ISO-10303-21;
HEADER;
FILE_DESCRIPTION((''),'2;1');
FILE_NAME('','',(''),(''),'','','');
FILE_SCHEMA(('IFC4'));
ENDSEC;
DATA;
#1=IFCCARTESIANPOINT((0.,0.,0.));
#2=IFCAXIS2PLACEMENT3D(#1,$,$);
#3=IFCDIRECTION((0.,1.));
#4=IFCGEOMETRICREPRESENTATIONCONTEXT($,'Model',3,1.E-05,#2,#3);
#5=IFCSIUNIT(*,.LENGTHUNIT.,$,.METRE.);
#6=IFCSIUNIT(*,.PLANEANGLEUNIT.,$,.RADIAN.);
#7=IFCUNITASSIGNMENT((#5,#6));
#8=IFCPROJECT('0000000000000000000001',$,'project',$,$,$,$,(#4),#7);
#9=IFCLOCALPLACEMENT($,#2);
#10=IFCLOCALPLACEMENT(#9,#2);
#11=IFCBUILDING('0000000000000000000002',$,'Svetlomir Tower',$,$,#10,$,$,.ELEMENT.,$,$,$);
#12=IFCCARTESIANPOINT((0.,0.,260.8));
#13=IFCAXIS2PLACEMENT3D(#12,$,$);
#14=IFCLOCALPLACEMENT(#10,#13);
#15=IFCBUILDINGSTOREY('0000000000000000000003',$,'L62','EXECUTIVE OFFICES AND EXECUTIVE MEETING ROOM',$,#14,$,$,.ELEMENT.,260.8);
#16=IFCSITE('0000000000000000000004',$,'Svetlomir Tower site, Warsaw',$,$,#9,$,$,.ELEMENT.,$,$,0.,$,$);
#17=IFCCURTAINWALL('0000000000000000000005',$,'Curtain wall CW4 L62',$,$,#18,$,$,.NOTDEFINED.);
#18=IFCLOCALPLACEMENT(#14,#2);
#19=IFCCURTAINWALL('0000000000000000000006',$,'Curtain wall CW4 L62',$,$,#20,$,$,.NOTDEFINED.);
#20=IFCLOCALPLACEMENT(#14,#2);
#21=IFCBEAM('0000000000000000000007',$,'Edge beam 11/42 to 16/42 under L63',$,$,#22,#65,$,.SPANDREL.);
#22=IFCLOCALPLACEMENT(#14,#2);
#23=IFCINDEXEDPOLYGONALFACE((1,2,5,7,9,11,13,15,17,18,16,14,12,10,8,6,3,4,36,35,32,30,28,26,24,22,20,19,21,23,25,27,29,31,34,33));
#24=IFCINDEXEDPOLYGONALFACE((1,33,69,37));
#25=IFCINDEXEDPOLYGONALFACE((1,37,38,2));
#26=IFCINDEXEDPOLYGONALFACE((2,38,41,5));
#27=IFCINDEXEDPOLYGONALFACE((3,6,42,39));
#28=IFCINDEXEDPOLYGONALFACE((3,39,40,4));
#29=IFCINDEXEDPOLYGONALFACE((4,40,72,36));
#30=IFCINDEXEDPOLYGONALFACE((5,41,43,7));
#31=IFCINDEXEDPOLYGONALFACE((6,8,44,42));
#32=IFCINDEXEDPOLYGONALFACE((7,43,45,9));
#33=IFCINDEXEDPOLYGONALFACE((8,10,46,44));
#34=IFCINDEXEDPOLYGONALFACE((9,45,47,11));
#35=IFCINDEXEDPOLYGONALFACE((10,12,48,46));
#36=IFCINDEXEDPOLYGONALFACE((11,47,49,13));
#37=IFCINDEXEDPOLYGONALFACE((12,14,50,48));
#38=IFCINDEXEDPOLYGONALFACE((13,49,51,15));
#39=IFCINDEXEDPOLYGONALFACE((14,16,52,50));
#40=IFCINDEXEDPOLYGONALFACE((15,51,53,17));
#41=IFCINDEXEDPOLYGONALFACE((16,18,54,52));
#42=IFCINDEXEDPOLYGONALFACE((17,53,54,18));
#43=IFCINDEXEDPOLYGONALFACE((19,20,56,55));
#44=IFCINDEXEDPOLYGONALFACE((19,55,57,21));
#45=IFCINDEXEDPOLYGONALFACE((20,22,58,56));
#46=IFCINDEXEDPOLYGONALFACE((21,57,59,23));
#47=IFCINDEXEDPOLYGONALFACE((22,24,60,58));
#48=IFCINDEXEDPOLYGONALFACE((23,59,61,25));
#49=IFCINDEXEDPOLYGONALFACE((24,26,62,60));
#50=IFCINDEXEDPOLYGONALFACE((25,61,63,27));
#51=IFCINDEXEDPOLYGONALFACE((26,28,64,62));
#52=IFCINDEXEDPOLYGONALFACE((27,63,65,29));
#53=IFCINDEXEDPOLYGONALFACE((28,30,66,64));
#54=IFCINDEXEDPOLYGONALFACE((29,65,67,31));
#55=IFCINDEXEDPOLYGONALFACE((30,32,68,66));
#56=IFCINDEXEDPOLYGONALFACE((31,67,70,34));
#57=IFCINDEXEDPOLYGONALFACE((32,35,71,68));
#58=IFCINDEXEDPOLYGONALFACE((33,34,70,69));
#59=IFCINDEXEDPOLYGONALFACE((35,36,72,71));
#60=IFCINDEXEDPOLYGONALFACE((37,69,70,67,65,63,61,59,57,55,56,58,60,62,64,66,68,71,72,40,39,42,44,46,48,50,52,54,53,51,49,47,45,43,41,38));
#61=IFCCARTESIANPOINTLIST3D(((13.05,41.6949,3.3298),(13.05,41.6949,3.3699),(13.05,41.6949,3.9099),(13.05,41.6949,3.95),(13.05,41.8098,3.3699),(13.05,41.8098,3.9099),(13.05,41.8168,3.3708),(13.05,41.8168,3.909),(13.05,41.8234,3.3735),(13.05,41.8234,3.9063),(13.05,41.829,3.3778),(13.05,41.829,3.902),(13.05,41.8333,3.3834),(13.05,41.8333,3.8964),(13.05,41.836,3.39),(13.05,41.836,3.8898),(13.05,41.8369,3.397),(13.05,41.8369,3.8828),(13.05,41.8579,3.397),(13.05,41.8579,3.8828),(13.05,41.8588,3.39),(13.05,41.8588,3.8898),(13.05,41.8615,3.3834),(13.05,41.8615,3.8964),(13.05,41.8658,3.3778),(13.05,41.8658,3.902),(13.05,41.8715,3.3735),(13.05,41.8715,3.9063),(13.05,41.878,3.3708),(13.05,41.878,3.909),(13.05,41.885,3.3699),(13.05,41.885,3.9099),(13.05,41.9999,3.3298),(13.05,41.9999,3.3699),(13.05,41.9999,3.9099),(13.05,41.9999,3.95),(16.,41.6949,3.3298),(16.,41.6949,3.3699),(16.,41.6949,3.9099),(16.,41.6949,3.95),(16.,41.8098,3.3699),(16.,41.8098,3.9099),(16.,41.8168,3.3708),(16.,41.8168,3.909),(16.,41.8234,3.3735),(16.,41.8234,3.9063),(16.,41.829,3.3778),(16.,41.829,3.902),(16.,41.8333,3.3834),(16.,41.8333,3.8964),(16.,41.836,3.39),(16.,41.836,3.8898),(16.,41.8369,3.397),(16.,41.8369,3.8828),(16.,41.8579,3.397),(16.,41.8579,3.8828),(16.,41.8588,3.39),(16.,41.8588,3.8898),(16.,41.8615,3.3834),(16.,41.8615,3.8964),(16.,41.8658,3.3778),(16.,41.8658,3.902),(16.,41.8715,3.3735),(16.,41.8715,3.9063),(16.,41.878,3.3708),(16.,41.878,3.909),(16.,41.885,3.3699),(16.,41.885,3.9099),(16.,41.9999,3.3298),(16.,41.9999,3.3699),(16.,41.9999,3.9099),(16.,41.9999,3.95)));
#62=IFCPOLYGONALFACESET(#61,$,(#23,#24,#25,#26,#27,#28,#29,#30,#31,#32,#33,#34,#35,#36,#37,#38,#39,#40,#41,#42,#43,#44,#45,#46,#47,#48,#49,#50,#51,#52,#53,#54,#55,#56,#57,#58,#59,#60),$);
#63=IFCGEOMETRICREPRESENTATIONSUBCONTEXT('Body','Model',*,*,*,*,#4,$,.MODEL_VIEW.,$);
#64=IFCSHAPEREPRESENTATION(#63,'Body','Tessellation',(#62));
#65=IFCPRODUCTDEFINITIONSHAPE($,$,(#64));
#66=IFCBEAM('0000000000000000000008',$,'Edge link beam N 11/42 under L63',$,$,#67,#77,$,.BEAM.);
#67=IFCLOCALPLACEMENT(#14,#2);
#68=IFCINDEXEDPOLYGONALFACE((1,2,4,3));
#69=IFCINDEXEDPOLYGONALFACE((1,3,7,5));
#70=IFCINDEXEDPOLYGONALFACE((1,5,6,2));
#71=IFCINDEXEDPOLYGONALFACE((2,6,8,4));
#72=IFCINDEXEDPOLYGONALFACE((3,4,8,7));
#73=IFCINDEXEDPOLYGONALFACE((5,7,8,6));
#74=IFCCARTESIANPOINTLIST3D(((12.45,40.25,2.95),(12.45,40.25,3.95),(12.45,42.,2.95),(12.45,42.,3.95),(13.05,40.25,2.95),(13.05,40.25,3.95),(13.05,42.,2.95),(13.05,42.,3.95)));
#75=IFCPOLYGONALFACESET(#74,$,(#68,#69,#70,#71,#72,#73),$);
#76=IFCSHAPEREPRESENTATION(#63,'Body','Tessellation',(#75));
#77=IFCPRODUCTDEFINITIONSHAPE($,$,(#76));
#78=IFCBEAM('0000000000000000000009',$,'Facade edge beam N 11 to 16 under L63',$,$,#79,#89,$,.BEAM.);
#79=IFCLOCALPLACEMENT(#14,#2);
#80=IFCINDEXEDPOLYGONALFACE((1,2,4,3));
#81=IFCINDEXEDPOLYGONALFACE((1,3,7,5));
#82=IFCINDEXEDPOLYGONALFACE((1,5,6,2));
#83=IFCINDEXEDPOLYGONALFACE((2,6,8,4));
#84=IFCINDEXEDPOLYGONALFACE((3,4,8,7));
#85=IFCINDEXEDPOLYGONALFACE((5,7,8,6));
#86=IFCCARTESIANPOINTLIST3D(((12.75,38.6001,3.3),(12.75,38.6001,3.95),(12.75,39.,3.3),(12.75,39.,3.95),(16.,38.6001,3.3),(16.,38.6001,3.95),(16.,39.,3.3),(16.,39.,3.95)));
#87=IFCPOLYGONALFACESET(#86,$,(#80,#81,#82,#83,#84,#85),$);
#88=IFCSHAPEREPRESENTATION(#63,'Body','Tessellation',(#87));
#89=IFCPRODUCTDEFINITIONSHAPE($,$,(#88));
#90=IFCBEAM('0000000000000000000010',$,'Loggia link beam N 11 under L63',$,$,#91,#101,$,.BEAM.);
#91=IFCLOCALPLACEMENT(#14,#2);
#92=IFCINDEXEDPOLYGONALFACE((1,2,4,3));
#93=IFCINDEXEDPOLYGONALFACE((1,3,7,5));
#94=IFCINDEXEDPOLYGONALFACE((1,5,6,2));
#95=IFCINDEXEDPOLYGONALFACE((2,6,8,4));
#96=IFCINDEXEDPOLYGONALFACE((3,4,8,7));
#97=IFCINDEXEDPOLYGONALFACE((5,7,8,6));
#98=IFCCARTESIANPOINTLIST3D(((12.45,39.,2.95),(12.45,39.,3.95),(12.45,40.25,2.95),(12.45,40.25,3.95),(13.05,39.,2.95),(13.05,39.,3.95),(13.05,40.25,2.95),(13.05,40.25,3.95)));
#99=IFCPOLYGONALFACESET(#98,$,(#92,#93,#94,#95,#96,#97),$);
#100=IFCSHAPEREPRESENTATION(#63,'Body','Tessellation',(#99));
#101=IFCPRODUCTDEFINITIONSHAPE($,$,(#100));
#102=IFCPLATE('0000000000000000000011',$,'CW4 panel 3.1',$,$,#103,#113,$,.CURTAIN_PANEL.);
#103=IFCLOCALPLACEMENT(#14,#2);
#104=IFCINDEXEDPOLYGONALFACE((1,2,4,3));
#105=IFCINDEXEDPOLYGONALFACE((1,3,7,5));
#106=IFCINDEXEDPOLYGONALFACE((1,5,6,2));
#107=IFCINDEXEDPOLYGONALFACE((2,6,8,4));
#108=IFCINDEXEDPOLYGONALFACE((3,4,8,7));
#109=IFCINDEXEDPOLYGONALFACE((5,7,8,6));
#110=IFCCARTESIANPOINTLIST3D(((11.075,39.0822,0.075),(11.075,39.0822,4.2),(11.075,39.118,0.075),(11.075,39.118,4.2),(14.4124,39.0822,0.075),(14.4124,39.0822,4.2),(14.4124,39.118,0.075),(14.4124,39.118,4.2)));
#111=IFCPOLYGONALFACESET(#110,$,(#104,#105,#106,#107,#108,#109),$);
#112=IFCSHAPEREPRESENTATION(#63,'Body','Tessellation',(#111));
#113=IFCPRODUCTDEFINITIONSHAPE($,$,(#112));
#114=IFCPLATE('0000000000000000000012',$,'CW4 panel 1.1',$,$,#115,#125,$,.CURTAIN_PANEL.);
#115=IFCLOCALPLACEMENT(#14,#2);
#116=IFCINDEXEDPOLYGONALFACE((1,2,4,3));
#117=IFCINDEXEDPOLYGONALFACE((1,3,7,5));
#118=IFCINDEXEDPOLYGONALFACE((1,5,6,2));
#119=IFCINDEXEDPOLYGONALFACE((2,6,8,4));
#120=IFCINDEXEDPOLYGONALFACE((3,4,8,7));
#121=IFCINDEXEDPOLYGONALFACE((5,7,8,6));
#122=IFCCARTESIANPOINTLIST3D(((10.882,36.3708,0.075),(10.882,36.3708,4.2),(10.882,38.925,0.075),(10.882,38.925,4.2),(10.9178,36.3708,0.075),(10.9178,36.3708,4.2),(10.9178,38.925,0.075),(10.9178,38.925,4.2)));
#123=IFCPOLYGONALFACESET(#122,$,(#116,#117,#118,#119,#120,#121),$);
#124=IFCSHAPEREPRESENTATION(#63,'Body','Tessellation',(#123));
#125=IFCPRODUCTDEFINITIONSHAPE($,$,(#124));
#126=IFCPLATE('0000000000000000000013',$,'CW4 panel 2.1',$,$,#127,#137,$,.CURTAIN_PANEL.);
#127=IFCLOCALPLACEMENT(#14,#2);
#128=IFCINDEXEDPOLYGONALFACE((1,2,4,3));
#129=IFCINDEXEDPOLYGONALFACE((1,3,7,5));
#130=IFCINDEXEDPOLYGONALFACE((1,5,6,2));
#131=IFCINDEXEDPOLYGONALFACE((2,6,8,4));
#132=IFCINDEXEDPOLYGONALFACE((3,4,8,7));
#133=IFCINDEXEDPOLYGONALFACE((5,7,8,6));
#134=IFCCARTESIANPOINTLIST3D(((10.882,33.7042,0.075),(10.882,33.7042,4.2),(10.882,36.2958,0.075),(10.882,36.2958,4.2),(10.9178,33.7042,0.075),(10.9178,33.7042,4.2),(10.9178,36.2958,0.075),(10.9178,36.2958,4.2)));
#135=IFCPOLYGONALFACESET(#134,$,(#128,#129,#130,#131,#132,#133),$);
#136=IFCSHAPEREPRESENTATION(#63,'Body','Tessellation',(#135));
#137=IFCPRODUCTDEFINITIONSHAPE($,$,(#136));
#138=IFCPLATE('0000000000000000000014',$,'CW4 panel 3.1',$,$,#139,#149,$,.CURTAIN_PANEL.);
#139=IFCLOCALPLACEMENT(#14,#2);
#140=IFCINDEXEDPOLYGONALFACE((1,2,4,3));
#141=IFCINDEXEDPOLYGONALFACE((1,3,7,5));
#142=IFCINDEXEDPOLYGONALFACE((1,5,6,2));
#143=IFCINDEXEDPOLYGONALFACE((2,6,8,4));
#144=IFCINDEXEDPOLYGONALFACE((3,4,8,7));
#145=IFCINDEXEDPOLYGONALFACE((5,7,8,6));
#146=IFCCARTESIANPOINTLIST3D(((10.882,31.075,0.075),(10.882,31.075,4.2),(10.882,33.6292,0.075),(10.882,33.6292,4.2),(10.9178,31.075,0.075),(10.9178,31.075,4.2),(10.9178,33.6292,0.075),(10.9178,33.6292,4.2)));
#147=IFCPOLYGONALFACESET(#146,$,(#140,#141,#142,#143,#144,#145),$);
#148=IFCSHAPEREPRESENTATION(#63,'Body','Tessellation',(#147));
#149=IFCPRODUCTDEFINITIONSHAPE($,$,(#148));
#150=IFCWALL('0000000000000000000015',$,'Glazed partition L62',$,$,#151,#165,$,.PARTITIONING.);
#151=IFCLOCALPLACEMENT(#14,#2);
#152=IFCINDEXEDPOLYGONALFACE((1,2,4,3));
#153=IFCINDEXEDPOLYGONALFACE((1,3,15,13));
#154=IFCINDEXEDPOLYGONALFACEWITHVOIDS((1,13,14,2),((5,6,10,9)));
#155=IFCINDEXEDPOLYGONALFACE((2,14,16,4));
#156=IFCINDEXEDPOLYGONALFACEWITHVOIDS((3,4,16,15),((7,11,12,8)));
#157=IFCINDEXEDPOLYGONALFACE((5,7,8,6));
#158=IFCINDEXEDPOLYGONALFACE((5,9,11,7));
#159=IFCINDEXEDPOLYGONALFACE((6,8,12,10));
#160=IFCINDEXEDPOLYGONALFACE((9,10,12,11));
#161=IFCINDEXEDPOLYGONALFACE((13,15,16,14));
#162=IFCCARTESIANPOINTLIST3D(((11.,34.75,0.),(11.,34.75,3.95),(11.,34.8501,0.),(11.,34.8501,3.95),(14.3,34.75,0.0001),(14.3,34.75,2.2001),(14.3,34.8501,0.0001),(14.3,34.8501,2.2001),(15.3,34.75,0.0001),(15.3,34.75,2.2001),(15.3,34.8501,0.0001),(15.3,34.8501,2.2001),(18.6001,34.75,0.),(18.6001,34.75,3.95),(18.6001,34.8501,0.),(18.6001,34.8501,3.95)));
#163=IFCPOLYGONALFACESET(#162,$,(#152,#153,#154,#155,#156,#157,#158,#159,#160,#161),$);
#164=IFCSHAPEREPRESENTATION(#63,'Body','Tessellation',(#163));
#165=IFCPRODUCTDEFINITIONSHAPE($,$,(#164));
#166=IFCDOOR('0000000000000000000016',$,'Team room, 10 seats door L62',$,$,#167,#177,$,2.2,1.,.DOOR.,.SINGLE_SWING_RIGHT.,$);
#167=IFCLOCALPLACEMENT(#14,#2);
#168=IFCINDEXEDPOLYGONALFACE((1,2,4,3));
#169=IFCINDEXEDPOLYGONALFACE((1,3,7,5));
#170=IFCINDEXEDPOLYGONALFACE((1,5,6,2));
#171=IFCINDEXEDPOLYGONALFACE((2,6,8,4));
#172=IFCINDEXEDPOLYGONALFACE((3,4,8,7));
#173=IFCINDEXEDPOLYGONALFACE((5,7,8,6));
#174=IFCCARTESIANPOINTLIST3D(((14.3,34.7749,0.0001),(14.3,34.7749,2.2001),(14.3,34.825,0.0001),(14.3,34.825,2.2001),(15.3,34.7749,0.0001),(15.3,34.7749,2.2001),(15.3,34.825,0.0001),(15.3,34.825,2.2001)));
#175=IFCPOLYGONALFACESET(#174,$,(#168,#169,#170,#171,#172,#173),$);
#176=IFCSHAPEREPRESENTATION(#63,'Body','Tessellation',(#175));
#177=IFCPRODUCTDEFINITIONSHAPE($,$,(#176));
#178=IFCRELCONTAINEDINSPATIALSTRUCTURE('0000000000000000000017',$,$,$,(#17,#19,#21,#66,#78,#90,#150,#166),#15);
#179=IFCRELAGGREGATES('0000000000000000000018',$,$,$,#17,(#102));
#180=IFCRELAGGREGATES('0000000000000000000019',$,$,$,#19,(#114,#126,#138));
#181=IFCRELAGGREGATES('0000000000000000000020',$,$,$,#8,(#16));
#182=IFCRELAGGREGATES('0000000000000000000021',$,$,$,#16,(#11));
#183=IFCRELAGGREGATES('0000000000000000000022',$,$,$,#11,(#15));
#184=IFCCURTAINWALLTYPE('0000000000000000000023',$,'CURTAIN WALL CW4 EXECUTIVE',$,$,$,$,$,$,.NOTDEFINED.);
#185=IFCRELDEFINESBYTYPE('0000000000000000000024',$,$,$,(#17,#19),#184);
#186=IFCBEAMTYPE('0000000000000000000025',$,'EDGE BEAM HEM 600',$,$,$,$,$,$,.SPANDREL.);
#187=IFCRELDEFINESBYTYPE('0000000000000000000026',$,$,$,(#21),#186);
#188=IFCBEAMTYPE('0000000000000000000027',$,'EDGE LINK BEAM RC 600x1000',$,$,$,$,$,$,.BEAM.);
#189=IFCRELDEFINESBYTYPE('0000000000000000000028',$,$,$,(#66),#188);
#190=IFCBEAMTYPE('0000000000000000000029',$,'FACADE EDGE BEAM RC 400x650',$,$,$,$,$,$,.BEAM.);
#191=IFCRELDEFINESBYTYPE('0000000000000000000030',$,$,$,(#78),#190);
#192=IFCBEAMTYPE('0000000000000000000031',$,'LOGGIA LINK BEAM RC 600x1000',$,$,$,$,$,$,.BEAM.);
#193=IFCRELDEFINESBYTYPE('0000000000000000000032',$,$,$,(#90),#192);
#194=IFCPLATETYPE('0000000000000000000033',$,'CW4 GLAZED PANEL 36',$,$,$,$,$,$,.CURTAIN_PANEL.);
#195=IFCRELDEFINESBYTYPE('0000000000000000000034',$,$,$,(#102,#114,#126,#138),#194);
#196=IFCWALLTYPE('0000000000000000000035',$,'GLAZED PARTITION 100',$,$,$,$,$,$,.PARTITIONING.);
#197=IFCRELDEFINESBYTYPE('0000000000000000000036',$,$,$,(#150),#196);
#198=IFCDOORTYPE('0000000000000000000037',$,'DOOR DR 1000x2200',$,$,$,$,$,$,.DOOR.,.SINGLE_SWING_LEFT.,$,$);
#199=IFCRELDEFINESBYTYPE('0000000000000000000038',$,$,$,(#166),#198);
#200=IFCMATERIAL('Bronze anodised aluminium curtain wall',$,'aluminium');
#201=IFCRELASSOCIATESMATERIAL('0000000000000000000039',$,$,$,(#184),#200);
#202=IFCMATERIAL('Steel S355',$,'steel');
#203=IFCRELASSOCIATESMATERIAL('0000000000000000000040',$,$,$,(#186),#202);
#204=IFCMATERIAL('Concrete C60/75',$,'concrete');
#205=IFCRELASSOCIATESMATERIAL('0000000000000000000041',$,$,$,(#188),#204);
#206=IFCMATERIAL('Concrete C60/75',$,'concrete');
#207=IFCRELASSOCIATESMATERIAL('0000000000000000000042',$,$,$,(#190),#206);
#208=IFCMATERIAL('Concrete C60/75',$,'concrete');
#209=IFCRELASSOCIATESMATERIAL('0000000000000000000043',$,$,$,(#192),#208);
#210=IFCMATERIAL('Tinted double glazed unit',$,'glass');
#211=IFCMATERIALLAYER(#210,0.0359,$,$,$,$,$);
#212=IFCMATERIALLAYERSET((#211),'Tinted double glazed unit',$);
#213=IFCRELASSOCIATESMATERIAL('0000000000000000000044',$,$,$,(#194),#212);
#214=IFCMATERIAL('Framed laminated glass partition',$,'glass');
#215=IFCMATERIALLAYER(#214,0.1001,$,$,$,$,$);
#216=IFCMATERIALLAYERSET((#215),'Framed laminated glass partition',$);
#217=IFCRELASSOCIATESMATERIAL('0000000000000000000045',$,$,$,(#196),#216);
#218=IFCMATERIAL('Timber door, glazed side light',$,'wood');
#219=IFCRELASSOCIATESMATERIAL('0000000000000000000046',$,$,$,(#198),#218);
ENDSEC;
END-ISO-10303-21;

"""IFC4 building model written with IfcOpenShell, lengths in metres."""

from ifc_helpers import new_model, si_unit, direction, frame, frame_2d, origin, origin_2d, place, context, subcontext, project, spatial, rectangle, i_section, extrude, material, layer, layer_set, material_profile, profile_set, type_object, element, fill, aggregate, save


model = new_model("IFC4")

# Units and contexts
model_context = context("Model", 3, precision=1e-05, world=origin(), true_north=direction((0.0, 1.0)))
body_context = subcontext(model_context, "Body", "Model", "MODEL_VIEW")
ifc_project = project(units=[si_unit("LENGTHUNIT", "METRE"), si_unit("PLANEANGLEUNIT", "RADIAN")], contexts=[model_context])

# Site, building, storey
site_placement = place(None, origin())
site = spatial("IfcSite", under=ifc_project, at=site_placement, Name="Svetlomir Tower site, Warsaw", CompositionType="ELEMENT", RefElevation=0.0)
building_placement = place(site_placement, origin())
building = spatial("IfcBuilding", under=site, at=building_placement, Name="Svetlomir Tower", CompositionType="ELEMENT")
storey_placement = place(building_placement, frame((0.0, 0.0, 260.8)))
storey = spatial("IfcBuildingStorey", under=building, at=storey_placement, Name="L62", Description="EXECUTIVE OFFICES AND EXECUTIVE MEETING ROOM", CompositionType="ELEMENT", Elevation=260.8)

# Curtain walls
ifc_material_1 = material(Name="Bronze anodised aluminium curtain wall", Category="aluminium")
curtain_wall_type = type_object("IfcCurtainWallType", Name="CURTAIN WALL CW4 EXECUTIVE", PredefinedType="NOTDEFINED", material=ifc_material_1)
curtain_wall_1_placement = place(storey_placement, origin())
curtain_wall_1 = element("IfcCurtainWall", 1, at=curtain_wall_1_placement, inside=storey, type_object=curtain_wall_type, Name="Curtain wall CW4 L62", PredefinedType="NOTDEFINED")
curtain_wall_2_placement = place(storey_placement, origin())
curtain_wall_2 = element("IfcCurtainWall", 2, at=curtain_wall_2_placement, inside=storey, type_object=curtain_wall_type, Name="Curtain wall CW4 L62", PredefinedType="NOTDEFINED")

# Beams
ifc_material_2 = material(Name="Steel S355", Category="steel")
ifc_material_profile_1 = material_profile(ifc_material_2, i_section(OverallWidth=0.3049, OverallDepth=0.6201, WebThickness=0.021, FlangeThickness=0.04, FilletRadius=0.0271, at=origin_2d()), Name="HEM 600")
ifc_profile_set_1 = profile_set([ifc_material_profile_1], Name="Steel S355")
beam_type_1 = type_object("IfcBeamType", Name="EDGE BEAM HEM 600", PredefinedType="SPANDREL", material=ifc_profile_set_1)
beam_1_placement = place(storey_placement, frame((13.05, 41.8474, 3.6399), z_axis=(1.0, 0.0, 0.0), x_axis=(0.0, 1.0, 0.0)))
element("IfcBeam", 3, at=beam_1_placement, inside=storey, type_object=beam_type_1, Name="Edge beam 11/42 to 16/42 under L63", PredefinedType="SPANDREL", context=body_context, shape_type="SweptSolid", body=[
    extrude(i_section(OverallWidth=0.3049, OverallDepth=0.6201, WebThickness=0.021, FlangeThickness=0.04, FilletRadius=0.0271, at=origin_2d()), origin(), (0.0, 0.0, 1.0), 2.95),
])
ifc_material_3 = material(Name="Concrete C60/75", Category="concrete")
ifc_material_profile_2 = material_profile(ifc_material_3, rectangle(XDim=0.6001, YDim=1.0, at=origin_2d()), Name="RC 600x1000")
ifc_profile_set_2 = profile_set([ifc_material_profile_2], Name="Concrete C60/75")
beam_type_2 = type_object("IfcBeamType", Name="EDGE LINK BEAM RC 600x1000", PredefinedType="BEAM", material=ifc_profile_set_2)
beam_2_placement = place(storey_placement, frame((12.75, 40.25, 3.45), z_axis=(0.0, 1.0, 0.0), x_axis=(-1.0, 0.0, 0.0)))
element("IfcBeam", 4, at=beam_2_placement, inside=storey, type_object=beam_type_2, Name="Edge link beam N 11/42 under L63", PredefinedType="BEAM", context=body_context, shape_type="SweptSolid", body=[
    extrude(rectangle(XDim=0.6001, YDim=1.0, at=origin_2d()), origin(), (0.0, 0.0, 1.0), 1.75),
])
ifc_material_4 = material(Name="Concrete C60/75", Category="concrete")
ifc_material_profile_3 = material_profile(ifc_material_4, rectangle(XDim=0.3999, YDim=0.6499, at=origin_2d()), Name="RC 400x650")
ifc_profile_set_3 = profile_set([ifc_material_profile_3], Name="Concrete C60/75")
beam_type_3 = type_object("IfcBeamType", Name="FACADE EDGE BEAM RC 400x650", PredefinedType="BEAM", material=ifc_profile_set_3)
beam_3_placement = place(storey_placement, frame((12.75, 38.8, 3.625), z_axis=(1.0, 0.0, 0.0), x_axis=(0.0, 1.0, 0.0)))
element("IfcBeam", 5, at=beam_3_placement, inside=storey, type_object=beam_type_3, Name="Facade edge beam N 11 to 16 under L63", PredefinedType="BEAM", context=body_context, shape_type="SweptSolid", body=[
    extrude(rectangle(XDim=0.3999, YDim=0.6499, at=origin_2d()), origin(), (0.0, 0.0, 1.0), 3.25),
])
ifc_material_5 = material(Name="Concrete C60/75", Category="concrete")
ifc_material_profile_4 = material_profile(ifc_material_5, rectangle(XDim=0.6001, YDim=1.0, at=origin_2d()), Name="RC 600x1000")
ifc_profile_set_4 = profile_set([ifc_material_profile_4], Name="Concrete C60/75")
beam_type_4 = type_object("IfcBeamType", Name="LOGGIA LINK BEAM RC 600x1000", PredefinedType="BEAM", material=ifc_profile_set_4)
beam_4_placement = place(storey_placement, frame((12.75, 40.25, 3.45), z_axis=(0.0, -1.0, 0.0), x_axis=(1.0, 0.0, 0.0)))
element("IfcBeam", 6, at=beam_4_placement, inside=storey, type_object=beam_type_4, Name="Loggia link beam N 11 under L63", PredefinedType="BEAM", context=body_context, shape_type="SweptSolid", body=[
    extrude(rectangle(XDim=0.6001, YDim=1.0, at=origin_2d()), origin(), (0.0, 0.0, 1.0), 1.25),
])

# Plates
ifc_material_6 = material(Name="Tinted double glazed unit", Category="glass")
ifc_layer_1 = layer(ifc_material_6, 0.0359)
ifc_layer_set_1 = layer_set([ifc_layer_1], Name="Tinted double glazed unit")
plate_type = type_object("IfcPlateType", Name="CW4 GLAZED PANEL 36", PredefinedType="CURTAIN_PANEL", material=ifc_layer_set_1)
plate_1_placement = place(storey_placement, frame((12.7437, 39.1001, 0.075), z_axis=(0.0, 0.0, 1.0), x_axis=(-1.0, 0.0, 0.0)))
plate_1 = element("IfcPlate", 7, at=plate_1_placement, type_object=plate_type, Name="CW4 panel 3.1", PredefinedType="CURTAIN_PANEL", context=body_context, shape_type="SweptSolid", body=[
    extrude(rectangle(XDim=3.3374, YDim=0.0359, at=origin_2d()), origin(), (0.0, 0.0, 1.0), 4.125),
])
aggregate(curtain_wall_1, [plate_1])
plate_2_placement = place(storey_placement, frame((10.8999, 37.6479, 0.075), z_axis=(0.0, 0.0, 1.0), x_axis=(0.0, -1.0, 0.0)))
plate_2 = element("IfcPlate", 8, at=plate_2_placement, type_object=plate_type, Name="CW4 panel 1.1", PredefinedType="CURTAIN_PANEL", context=body_context, shape_type="SweptSolid", body=[
    extrude(rectangle(XDim=2.5542, YDim=0.0359, at=origin_2d()), origin(), (0.0, 0.0, 1.0), 4.125),
])
plate_3_placement = place(storey_placement, frame((10.8999, 35.0, 0.075), z_axis=(0.0, 0.0, 1.0), x_axis=(0.0, -1.0, 0.0)))
plate_3 = element("IfcPlate", 9, at=plate_3_placement, type_object=plate_type, Name="CW4 panel 2.1", PredefinedType="CURTAIN_PANEL", context=body_context, shape_type="SweptSolid", body=[
    extrude(rectangle(XDim=2.5916, YDim=0.0359, at=origin_2d()), origin(), (0.0, 0.0, 1.0), 4.125),
])
plate_4_placement = place(storey_placement, frame((10.8999, 32.3521, 0.075), z_axis=(0.0, 0.0, 1.0), x_axis=(0.0, -1.0, 0.0)))
plate_4 = element("IfcPlate", 10, at=plate_4_placement, type_object=plate_type, Name="CW4 panel 3.1", PredefinedType="CURTAIN_PANEL", context=body_context, shape_type="SweptSolid", body=[
    extrude(rectangle(XDim=2.5542, YDim=0.0359, at=origin_2d()), origin(), (0.0, 0.0, 1.0), 4.125),
])
aggregate(curtain_wall_2, [plate_2, plate_3, plate_4])

# Wall, opening, door
ifc_material_7 = material(Name="Framed laminated glass partition", Category="glass")
ifc_layer_2 = layer(ifc_material_7, 0.1001)
ifc_layer_set_2 = layer_set([ifc_layer_2], Name="Framed laminated glass partition")
wall_type = type_object("IfcWallType", Name="GLAZED PARTITION 100", PredefinedType="PARTITIONING", material=ifc_layer_set_2)
wall_placement = place(storey_placement, frame((11.0, 34.8, 0.0), z_axis=(0.0, 0.0, 1.0), x_axis=(1.0, 0.0, 0.0)))
wall = element("IfcWall", 11, at=wall_placement, inside=storey, type_object=wall_type, Name="Glazed partition L62", PredefinedType="PARTITIONING", context=body_context, shape_type="SweptSolid", body=[
    extrude(rectangle(XDim=7.6001, YDim=0.1001, at=frame_2d((3.8, 0.0))), origin(), (0.0, 0.0, 1.0), 3.95),
])
opening_placement = place(wall_placement, frame((3.3, 0.0, 0.0)))
opening = element("IfcOpeningElement", 12, at=opening_placement, cuts=wall, PredefinedType="OPENING", context=body_context, shape_type="SweptSolid", body=[
    extrude(rectangle(XDim=1.0, YDim=2.2, at=frame_2d((0.5, 1.1001))), frame((0.0, 0.0601, 0.0), z_axis=(0.0, -1.0, 0.0), x_axis=(1.0, 0.0, 0.0)), (0.0, 0.0, 1.0), 0.1201),
])
ifc_material_8 = material(Name="Timber door, glazed side light", Category="wood")
door_type = type_object("IfcDoorType", Name="DOOR DR 1000x2200", OperationType="SINGLE_SWING_LEFT", PredefinedType="DOOR", material=ifc_material_8)
door_placement = place(opening_placement, origin())
door = element("IfcDoor", 13, at=door_placement, inside=storey, type_object=door_type, Name="Team room, 10 seats door L62", OperationType="SINGLE_SWING_RIGHT", OverallHeight=2.2, OverallWidth=1.0, PredefinedType="DOOR", context=body_context, shape_type="SweptSolid", body=[
    extrude(rectangle(XDim=1.0, YDim=2.2, at=frame_2d((0.5, 1.1001))), frame((0.0, 0.0249, 0.0), z_axis=(0.0, -1.0, 0.0), x_axis=(1.0, 0.0, 0.0)), (0.0, 0.0, 1.0), 0.05),
])
fill(opening, door)

save(model, "model.ifc")
